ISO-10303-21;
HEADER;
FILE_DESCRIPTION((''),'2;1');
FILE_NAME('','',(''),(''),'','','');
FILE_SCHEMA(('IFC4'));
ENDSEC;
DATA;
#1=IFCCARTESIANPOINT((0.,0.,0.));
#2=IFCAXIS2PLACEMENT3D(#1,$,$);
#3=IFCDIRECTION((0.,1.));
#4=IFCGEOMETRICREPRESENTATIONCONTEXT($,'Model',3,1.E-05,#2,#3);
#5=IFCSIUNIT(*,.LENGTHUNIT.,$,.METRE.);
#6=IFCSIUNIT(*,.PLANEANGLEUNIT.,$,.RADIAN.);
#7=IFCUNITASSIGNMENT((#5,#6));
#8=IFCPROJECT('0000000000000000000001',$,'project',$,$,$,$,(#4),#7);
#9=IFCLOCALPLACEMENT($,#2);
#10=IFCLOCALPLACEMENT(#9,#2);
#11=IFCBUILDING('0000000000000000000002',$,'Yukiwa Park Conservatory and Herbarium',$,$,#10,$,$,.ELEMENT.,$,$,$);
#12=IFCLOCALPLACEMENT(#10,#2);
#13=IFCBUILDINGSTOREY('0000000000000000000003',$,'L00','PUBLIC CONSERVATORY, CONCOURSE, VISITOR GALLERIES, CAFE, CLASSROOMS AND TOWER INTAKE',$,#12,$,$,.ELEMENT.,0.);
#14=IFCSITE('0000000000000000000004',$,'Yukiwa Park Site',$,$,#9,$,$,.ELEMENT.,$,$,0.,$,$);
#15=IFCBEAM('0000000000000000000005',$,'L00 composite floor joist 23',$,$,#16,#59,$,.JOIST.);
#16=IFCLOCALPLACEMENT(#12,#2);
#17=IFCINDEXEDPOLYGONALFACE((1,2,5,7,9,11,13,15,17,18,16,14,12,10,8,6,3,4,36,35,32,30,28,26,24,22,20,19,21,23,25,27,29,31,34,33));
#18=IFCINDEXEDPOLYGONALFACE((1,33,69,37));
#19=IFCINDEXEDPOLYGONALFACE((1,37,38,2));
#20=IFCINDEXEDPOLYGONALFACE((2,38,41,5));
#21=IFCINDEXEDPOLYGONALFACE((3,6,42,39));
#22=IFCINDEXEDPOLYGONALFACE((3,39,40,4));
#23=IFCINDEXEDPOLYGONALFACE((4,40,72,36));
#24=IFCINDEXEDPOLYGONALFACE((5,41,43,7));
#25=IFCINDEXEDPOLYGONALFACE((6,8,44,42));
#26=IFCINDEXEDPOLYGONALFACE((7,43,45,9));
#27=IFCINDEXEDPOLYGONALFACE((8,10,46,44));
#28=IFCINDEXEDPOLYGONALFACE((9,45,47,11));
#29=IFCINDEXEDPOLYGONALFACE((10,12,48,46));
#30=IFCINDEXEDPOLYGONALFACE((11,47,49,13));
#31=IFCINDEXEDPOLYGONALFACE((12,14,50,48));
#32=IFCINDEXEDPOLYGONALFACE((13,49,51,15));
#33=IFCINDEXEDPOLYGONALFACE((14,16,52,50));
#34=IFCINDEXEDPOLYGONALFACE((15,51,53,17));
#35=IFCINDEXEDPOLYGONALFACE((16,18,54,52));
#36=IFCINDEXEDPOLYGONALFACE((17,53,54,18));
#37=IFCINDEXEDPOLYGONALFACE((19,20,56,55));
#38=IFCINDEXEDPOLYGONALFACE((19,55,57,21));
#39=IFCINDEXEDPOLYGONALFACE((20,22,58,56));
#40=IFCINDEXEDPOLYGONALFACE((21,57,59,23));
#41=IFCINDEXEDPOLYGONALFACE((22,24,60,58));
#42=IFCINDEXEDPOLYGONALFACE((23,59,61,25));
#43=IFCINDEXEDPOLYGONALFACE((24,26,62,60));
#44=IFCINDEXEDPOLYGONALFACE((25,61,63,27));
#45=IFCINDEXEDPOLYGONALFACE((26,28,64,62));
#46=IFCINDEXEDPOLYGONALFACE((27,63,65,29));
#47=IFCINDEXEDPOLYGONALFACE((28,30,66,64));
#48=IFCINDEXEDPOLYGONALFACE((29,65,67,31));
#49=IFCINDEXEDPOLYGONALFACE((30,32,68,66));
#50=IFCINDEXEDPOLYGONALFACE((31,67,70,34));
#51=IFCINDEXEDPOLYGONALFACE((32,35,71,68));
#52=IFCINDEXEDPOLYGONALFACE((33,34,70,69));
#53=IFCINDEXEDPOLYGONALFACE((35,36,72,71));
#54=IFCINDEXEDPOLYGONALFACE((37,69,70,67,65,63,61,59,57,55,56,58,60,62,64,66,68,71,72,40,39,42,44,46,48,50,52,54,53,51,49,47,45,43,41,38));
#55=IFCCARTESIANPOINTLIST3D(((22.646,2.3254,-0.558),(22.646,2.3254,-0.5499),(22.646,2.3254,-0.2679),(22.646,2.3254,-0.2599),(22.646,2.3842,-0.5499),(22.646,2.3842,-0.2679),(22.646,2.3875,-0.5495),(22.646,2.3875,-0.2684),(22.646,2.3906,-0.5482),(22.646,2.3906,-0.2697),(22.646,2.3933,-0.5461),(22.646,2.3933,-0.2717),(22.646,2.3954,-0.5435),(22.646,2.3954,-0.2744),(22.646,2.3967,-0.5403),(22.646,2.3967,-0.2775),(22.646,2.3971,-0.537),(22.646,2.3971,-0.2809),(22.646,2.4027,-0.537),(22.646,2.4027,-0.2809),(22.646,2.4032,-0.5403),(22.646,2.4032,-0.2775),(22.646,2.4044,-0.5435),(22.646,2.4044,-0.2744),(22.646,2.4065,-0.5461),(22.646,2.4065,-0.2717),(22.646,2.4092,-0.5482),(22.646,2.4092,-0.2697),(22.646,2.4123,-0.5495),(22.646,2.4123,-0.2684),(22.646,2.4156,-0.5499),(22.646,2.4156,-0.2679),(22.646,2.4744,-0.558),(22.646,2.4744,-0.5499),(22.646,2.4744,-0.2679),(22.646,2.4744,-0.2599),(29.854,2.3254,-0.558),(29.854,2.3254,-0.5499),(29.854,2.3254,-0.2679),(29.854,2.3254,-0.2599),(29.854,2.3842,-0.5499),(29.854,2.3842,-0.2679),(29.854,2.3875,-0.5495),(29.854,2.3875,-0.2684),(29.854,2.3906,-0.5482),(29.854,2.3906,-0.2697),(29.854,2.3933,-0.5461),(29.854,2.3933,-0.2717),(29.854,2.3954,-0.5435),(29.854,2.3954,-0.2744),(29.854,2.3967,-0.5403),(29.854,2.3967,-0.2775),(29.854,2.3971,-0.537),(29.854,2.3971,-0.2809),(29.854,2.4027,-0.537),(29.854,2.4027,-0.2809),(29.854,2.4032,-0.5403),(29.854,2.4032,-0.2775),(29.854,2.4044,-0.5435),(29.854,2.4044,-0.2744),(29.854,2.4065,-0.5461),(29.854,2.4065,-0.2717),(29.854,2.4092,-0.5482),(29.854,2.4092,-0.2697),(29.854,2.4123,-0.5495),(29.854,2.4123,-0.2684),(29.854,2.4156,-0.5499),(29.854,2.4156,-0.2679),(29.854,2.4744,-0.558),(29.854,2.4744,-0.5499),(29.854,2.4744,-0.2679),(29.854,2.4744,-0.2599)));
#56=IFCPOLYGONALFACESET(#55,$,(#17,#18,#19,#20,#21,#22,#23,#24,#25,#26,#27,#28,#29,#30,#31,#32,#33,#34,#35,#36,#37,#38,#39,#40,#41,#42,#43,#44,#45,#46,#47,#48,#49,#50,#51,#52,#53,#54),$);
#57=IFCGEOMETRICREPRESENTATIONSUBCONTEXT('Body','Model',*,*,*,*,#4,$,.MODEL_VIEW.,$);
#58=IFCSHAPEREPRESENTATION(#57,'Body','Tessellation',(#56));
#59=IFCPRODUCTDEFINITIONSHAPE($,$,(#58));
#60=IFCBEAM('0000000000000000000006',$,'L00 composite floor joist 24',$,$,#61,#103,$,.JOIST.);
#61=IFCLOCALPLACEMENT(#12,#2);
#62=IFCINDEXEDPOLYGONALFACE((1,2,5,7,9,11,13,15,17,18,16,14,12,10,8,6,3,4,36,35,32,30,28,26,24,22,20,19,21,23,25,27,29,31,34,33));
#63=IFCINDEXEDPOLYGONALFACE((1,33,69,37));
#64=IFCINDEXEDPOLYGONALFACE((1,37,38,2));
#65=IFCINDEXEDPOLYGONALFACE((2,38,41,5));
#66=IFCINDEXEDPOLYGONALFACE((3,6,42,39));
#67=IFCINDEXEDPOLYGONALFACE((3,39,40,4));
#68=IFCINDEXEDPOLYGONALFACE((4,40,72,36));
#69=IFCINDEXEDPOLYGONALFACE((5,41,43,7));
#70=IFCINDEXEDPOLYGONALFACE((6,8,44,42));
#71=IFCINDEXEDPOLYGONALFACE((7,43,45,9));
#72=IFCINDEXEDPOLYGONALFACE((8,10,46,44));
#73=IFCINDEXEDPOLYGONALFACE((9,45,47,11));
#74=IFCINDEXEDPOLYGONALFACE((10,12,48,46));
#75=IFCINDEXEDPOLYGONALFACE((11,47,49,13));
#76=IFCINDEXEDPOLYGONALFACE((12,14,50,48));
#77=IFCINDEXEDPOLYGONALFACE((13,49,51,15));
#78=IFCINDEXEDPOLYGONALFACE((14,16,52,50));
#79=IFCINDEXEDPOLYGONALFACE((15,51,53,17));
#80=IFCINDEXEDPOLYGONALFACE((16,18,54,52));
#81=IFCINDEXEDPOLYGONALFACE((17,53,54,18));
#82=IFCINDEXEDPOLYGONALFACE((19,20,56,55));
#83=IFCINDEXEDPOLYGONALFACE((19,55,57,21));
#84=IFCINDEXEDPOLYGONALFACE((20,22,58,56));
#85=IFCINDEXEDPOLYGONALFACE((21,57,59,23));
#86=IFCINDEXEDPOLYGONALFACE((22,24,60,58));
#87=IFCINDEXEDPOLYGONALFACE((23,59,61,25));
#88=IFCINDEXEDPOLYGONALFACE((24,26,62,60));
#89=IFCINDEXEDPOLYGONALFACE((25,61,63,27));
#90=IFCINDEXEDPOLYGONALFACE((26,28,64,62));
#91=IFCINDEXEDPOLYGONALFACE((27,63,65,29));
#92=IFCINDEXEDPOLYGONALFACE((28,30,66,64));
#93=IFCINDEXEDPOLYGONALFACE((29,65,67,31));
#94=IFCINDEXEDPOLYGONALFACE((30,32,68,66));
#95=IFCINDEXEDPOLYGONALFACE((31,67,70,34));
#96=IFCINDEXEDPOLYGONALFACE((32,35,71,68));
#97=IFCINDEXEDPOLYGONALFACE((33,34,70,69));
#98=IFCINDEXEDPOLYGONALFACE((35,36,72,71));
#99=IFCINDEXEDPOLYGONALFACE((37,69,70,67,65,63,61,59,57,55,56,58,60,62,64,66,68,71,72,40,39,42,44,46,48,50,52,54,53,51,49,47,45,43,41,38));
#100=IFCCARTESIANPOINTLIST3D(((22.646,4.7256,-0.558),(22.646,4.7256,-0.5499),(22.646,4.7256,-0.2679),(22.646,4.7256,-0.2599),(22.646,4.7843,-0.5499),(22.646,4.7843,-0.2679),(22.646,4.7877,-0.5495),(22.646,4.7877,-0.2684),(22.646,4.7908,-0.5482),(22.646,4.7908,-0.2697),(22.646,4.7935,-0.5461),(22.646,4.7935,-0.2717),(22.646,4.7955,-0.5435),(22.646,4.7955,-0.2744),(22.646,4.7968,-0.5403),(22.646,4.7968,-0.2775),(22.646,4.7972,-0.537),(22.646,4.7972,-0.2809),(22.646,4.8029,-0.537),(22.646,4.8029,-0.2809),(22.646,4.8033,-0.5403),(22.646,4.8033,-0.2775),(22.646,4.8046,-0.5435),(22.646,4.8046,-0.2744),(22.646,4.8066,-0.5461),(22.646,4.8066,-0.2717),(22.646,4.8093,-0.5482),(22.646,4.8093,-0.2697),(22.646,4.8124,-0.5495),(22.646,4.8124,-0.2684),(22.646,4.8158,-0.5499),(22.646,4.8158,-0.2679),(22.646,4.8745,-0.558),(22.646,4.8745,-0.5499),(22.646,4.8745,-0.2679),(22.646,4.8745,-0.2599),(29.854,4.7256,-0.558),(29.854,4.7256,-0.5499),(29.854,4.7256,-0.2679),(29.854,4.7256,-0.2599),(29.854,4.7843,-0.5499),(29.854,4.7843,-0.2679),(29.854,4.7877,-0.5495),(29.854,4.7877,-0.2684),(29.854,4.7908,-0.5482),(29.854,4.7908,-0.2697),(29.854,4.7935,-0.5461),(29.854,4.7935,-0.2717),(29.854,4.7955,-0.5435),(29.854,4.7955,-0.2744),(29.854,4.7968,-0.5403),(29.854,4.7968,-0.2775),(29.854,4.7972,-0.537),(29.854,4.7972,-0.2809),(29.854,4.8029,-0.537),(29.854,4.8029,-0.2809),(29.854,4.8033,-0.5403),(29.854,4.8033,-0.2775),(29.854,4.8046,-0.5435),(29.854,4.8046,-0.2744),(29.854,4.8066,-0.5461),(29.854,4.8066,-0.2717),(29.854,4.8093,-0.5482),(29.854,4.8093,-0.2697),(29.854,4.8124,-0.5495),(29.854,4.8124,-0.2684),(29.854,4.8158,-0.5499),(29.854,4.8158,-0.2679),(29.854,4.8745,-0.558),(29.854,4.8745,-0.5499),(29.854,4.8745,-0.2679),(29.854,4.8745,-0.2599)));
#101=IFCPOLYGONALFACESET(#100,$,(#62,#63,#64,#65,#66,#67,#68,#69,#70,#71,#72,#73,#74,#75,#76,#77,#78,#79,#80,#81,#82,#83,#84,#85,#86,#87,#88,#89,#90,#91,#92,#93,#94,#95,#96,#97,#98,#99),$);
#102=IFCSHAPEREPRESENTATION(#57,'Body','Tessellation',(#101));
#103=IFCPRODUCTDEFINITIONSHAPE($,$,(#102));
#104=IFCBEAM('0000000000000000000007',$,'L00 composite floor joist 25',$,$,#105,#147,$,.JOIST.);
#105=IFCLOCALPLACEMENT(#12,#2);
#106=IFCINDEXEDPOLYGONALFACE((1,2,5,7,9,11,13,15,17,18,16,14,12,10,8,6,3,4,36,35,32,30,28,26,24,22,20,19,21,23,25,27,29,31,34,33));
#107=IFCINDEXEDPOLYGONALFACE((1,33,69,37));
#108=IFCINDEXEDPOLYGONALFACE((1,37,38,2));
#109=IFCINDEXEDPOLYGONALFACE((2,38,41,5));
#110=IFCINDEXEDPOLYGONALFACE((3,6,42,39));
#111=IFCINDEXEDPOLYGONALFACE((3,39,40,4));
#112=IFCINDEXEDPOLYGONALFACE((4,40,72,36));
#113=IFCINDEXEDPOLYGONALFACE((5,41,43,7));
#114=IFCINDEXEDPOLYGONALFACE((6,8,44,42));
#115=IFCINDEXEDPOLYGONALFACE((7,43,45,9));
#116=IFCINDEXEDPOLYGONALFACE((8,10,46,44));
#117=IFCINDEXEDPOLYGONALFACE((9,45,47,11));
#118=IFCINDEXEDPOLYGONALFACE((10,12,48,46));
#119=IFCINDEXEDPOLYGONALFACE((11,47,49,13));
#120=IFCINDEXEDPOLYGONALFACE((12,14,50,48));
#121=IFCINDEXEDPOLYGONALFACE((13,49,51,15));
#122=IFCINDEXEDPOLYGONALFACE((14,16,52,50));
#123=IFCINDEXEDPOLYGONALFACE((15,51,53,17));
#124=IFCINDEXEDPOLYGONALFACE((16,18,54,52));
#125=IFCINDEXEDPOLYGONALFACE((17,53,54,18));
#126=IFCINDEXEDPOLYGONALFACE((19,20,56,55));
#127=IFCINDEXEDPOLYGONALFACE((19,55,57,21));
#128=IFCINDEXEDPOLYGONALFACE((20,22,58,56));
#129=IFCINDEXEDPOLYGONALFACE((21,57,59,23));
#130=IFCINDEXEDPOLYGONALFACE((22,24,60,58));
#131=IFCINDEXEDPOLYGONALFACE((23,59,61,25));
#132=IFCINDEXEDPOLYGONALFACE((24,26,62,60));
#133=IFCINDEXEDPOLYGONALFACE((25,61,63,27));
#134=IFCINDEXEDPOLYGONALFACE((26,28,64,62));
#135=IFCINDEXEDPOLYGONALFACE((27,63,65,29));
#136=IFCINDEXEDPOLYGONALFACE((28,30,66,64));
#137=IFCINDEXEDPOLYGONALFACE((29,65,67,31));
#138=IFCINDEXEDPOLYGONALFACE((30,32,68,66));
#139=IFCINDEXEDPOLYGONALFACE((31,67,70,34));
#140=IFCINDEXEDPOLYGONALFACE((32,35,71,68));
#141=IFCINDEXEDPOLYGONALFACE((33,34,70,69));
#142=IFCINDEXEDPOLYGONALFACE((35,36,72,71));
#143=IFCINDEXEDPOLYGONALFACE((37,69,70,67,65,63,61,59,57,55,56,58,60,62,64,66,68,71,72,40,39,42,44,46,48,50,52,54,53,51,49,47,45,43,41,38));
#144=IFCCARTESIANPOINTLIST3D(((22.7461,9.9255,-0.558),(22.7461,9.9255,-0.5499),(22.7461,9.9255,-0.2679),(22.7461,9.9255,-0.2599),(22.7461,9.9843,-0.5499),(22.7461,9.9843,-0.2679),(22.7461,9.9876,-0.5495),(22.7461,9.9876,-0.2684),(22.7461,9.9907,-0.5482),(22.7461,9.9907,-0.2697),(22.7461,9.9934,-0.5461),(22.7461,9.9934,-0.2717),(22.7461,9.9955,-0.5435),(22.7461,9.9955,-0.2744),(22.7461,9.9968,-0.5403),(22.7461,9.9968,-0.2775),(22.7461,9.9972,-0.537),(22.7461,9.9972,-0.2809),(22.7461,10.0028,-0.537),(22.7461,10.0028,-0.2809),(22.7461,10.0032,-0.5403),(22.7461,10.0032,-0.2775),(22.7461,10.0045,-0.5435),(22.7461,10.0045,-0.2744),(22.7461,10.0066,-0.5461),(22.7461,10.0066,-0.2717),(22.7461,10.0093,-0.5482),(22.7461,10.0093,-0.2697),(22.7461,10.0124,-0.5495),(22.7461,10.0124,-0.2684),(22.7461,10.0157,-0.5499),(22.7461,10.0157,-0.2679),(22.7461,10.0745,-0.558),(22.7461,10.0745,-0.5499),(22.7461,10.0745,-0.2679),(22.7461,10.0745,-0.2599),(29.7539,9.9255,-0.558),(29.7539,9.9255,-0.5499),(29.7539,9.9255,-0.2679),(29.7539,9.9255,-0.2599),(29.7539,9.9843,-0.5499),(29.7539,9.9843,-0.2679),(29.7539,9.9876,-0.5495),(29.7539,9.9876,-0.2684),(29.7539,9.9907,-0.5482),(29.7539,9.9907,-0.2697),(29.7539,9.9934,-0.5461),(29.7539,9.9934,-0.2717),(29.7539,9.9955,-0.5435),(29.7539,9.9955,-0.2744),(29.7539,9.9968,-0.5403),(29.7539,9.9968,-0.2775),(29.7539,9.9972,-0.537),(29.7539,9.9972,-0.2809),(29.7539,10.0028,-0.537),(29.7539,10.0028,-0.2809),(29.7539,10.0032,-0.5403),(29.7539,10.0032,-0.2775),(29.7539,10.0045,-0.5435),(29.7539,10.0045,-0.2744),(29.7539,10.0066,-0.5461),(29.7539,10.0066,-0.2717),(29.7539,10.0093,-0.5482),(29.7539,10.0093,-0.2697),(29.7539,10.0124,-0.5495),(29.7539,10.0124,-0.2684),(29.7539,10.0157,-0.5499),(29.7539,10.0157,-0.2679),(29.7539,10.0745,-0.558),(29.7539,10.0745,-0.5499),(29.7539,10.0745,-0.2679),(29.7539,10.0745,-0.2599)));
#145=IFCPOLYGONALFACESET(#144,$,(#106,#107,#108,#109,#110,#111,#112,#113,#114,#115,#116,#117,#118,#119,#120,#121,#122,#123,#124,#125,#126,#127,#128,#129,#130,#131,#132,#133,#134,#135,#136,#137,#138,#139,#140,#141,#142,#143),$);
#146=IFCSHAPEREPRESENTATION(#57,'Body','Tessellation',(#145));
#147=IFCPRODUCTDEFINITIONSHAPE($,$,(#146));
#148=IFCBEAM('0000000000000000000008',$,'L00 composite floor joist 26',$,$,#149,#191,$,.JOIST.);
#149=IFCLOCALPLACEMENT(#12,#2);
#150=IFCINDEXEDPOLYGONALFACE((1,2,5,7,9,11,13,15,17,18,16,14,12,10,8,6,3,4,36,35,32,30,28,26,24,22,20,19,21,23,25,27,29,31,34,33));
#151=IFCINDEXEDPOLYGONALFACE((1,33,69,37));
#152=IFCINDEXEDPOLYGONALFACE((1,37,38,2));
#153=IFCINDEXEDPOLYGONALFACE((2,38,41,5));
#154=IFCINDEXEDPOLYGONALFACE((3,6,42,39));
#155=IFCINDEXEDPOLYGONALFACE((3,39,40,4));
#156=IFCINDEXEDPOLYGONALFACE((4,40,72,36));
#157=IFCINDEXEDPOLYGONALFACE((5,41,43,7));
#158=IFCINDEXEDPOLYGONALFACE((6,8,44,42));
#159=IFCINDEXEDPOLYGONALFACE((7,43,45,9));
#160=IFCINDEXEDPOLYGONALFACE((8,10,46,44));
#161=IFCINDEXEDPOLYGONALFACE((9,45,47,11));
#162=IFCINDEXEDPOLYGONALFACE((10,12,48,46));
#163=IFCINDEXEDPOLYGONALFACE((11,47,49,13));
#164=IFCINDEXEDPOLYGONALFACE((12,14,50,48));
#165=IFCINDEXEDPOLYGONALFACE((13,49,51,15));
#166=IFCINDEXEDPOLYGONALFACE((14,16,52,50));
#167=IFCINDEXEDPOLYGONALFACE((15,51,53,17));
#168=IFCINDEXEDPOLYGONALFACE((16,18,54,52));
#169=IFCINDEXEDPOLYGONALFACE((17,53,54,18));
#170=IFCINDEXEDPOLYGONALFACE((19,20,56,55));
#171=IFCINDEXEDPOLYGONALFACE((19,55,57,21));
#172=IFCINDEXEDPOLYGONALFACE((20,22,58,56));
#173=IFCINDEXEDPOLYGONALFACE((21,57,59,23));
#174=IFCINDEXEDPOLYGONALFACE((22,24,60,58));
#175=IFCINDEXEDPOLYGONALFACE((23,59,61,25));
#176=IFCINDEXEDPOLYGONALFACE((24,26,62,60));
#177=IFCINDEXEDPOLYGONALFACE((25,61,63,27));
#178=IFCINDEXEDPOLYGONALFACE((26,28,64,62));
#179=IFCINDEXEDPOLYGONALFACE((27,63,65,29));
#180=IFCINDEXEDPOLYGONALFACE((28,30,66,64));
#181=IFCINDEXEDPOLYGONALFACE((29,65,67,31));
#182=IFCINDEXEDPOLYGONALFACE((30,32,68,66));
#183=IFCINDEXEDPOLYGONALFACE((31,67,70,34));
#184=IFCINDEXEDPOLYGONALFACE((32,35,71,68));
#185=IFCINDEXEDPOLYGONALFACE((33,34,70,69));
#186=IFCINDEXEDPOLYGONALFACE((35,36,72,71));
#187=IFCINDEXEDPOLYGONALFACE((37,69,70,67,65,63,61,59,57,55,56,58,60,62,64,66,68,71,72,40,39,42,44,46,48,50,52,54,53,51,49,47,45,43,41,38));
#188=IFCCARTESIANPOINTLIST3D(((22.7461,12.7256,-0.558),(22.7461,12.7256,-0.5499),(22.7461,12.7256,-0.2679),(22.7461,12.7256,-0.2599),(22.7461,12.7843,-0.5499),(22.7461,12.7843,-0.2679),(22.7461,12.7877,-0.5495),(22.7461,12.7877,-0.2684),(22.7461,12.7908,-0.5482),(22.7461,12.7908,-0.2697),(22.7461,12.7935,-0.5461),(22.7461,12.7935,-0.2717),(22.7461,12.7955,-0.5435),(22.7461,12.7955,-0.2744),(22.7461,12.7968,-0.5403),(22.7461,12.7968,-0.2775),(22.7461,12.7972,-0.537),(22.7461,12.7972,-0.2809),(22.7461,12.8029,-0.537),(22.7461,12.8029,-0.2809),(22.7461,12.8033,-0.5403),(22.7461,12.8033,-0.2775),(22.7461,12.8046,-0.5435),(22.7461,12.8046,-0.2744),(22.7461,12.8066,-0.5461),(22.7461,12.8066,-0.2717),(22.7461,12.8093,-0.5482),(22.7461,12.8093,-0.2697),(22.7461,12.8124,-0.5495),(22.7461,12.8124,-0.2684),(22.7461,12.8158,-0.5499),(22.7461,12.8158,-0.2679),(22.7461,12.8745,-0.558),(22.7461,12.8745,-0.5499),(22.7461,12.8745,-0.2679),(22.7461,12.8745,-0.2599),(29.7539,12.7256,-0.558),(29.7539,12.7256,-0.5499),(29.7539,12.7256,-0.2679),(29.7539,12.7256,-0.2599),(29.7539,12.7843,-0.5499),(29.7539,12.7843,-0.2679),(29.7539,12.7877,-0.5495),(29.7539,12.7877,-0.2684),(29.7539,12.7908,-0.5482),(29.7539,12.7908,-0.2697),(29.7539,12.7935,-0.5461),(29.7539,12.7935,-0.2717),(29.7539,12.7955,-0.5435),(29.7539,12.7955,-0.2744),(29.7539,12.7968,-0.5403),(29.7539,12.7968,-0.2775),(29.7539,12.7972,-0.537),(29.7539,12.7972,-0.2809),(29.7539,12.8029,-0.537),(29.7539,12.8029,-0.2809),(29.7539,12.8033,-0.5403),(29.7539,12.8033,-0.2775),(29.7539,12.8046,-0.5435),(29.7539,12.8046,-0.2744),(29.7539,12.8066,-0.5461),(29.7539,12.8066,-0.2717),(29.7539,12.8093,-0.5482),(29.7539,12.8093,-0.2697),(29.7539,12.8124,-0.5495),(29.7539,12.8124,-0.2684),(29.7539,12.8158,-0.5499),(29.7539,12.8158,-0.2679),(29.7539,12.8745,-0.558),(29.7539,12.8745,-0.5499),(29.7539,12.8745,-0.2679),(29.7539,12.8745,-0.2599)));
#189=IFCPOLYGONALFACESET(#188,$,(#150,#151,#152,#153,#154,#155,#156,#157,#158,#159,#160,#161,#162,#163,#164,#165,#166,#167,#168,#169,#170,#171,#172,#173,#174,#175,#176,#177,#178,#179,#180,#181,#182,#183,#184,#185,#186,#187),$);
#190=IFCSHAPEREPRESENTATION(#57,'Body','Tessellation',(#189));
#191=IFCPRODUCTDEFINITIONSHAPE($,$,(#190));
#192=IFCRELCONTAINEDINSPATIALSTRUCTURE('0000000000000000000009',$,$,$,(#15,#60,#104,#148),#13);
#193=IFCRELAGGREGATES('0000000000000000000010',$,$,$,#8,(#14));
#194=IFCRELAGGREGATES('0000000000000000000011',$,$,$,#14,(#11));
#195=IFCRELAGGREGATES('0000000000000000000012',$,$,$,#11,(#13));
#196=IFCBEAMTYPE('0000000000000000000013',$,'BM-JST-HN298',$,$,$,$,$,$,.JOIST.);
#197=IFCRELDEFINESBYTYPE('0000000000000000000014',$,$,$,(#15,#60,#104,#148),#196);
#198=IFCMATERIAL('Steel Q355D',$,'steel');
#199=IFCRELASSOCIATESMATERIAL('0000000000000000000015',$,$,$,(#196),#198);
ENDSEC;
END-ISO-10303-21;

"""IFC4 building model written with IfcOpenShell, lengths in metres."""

from ifc_helpers import new_model, si_unit, direction, frame, origin, origin_2d, place, context, subcontext, project, spatial, i_section, extrude, material, material_profile, profile_set, type_object, element, save


model = new_model("IFC4")

# Units and contexts
model_context = context("Model", 3, precision=1e-05, world=origin(), true_north=direction((0.0, 1.0)))
body_context = subcontext(model_context, "Body", "Model", "MODEL_VIEW")
ifc_project = project(units=[si_unit("LENGTHUNIT", "METRE"), si_unit("PLANEANGLEUNIT", "RADIAN")], contexts=[model_context])

# Site, building, storey
site_placement = place(None, origin())
site = spatial("IfcSite", under=ifc_project, at=site_placement, Name="Yukiwa Park Site", CompositionType="ELEMENT", RefElevation=0.0)
building_placement = place(site_placement, origin())
building = spatial("IfcBuilding", under=site, at=building_placement, Name="Yukiwa Park Conservatory and Herbarium", CompositionType="ELEMENT")
storey_placement = place(building_placement, origin())
storey = spatial("IfcBuildingStorey", under=building, at=storey_placement, Name="L00", Description="PUBLIC CONSERVATORY, CONCOURSE, VISITOR GALLERIES, CAFE, CLASSROOMS AND TOWER INTAKE", CompositionType="ELEMENT", Elevation=0.0)

# Beams
ifc_material_1 = material(Name="Steel Q355D", Category="steel")
ifc_material_profile_1 = material_profile(ifc_material_1, i_section(OverallWidth=0.1489, OverallDepth=0.2981, WebThickness=0.0056, FlangeThickness=0.0081, FilletRadius=0.0129, at=origin_2d()), Name="HN 298x149x5.5x8")
ifc_profile_set_1 = profile_set([ifc_material_profile_1], Name="Steel Q355D")
beam_type_1 = type_object("IfcBeamType", Name="BM-JST-HN298", PredefinedType="JOIST", material=ifc_profile_set_1)
for number, where, z_axis, x_axis, name in (
    (1, (22.646, 2.3999, -0.4089), (1.0, 0.0, 0.0), (0.0, 1.0, 0.0), "L00 composite floor joist 23"),
    (2, (22.646, 4.8, -0.4089), (1.0, 0.0, 0.0), (0.0, 1.0, 0.0), "L00 composite floor joist 24"),
):
    element("IfcBeam", number, at=place(storey_placement, frame(where, z_axis=z_axis, x_axis=x_axis)), inside=storey, type_object=beam_type_1, Name=name, PredefinedType="JOIST", context=body_context, shape_type="SweptSolid", body=[
        extrude(i_section(OverallWidth=0.1489, OverallDepth=0.2981, WebThickness=0.0056, FlangeThickness=0.0081, FilletRadius=0.0129, at=origin_2d()), origin(), (0.0, 0.0, 1.0), 7.208),
    ])
for number, where, z_axis, x_axis, name in (
    (3, (22.7461, 10.0, -0.4089), (1.0, 0.0, 0.0), (0.0, 1.0, 0.0), "L00 composite floor joist 25"),
    (4, (22.7461, 12.8, -0.4089), (1.0, 0.0, 0.0), (0.0, 1.0, 0.0), "L00 composite floor joist 26"),
):
    element("IfcBeam", number, at=place(storey_placement, frame(where, z_axis=z_axis, x_axis=x_axis)), inside=storey, type_object=beam_type_1, Name=name, PredefinedType="JOIST", context=body_context, shape_type="SweptSolid", body=[
        extrude(i_section(OverallWidth=0.1489, OverallDepth=0.2981, WebThickness=0.0056, FlangeThickness=0.0081, FilletRadius=0.0129, at=origin_2d()), origin(), (0.0, 0.0, 1.0), 7.0078),
    ])

save(model, "model.ifc")
